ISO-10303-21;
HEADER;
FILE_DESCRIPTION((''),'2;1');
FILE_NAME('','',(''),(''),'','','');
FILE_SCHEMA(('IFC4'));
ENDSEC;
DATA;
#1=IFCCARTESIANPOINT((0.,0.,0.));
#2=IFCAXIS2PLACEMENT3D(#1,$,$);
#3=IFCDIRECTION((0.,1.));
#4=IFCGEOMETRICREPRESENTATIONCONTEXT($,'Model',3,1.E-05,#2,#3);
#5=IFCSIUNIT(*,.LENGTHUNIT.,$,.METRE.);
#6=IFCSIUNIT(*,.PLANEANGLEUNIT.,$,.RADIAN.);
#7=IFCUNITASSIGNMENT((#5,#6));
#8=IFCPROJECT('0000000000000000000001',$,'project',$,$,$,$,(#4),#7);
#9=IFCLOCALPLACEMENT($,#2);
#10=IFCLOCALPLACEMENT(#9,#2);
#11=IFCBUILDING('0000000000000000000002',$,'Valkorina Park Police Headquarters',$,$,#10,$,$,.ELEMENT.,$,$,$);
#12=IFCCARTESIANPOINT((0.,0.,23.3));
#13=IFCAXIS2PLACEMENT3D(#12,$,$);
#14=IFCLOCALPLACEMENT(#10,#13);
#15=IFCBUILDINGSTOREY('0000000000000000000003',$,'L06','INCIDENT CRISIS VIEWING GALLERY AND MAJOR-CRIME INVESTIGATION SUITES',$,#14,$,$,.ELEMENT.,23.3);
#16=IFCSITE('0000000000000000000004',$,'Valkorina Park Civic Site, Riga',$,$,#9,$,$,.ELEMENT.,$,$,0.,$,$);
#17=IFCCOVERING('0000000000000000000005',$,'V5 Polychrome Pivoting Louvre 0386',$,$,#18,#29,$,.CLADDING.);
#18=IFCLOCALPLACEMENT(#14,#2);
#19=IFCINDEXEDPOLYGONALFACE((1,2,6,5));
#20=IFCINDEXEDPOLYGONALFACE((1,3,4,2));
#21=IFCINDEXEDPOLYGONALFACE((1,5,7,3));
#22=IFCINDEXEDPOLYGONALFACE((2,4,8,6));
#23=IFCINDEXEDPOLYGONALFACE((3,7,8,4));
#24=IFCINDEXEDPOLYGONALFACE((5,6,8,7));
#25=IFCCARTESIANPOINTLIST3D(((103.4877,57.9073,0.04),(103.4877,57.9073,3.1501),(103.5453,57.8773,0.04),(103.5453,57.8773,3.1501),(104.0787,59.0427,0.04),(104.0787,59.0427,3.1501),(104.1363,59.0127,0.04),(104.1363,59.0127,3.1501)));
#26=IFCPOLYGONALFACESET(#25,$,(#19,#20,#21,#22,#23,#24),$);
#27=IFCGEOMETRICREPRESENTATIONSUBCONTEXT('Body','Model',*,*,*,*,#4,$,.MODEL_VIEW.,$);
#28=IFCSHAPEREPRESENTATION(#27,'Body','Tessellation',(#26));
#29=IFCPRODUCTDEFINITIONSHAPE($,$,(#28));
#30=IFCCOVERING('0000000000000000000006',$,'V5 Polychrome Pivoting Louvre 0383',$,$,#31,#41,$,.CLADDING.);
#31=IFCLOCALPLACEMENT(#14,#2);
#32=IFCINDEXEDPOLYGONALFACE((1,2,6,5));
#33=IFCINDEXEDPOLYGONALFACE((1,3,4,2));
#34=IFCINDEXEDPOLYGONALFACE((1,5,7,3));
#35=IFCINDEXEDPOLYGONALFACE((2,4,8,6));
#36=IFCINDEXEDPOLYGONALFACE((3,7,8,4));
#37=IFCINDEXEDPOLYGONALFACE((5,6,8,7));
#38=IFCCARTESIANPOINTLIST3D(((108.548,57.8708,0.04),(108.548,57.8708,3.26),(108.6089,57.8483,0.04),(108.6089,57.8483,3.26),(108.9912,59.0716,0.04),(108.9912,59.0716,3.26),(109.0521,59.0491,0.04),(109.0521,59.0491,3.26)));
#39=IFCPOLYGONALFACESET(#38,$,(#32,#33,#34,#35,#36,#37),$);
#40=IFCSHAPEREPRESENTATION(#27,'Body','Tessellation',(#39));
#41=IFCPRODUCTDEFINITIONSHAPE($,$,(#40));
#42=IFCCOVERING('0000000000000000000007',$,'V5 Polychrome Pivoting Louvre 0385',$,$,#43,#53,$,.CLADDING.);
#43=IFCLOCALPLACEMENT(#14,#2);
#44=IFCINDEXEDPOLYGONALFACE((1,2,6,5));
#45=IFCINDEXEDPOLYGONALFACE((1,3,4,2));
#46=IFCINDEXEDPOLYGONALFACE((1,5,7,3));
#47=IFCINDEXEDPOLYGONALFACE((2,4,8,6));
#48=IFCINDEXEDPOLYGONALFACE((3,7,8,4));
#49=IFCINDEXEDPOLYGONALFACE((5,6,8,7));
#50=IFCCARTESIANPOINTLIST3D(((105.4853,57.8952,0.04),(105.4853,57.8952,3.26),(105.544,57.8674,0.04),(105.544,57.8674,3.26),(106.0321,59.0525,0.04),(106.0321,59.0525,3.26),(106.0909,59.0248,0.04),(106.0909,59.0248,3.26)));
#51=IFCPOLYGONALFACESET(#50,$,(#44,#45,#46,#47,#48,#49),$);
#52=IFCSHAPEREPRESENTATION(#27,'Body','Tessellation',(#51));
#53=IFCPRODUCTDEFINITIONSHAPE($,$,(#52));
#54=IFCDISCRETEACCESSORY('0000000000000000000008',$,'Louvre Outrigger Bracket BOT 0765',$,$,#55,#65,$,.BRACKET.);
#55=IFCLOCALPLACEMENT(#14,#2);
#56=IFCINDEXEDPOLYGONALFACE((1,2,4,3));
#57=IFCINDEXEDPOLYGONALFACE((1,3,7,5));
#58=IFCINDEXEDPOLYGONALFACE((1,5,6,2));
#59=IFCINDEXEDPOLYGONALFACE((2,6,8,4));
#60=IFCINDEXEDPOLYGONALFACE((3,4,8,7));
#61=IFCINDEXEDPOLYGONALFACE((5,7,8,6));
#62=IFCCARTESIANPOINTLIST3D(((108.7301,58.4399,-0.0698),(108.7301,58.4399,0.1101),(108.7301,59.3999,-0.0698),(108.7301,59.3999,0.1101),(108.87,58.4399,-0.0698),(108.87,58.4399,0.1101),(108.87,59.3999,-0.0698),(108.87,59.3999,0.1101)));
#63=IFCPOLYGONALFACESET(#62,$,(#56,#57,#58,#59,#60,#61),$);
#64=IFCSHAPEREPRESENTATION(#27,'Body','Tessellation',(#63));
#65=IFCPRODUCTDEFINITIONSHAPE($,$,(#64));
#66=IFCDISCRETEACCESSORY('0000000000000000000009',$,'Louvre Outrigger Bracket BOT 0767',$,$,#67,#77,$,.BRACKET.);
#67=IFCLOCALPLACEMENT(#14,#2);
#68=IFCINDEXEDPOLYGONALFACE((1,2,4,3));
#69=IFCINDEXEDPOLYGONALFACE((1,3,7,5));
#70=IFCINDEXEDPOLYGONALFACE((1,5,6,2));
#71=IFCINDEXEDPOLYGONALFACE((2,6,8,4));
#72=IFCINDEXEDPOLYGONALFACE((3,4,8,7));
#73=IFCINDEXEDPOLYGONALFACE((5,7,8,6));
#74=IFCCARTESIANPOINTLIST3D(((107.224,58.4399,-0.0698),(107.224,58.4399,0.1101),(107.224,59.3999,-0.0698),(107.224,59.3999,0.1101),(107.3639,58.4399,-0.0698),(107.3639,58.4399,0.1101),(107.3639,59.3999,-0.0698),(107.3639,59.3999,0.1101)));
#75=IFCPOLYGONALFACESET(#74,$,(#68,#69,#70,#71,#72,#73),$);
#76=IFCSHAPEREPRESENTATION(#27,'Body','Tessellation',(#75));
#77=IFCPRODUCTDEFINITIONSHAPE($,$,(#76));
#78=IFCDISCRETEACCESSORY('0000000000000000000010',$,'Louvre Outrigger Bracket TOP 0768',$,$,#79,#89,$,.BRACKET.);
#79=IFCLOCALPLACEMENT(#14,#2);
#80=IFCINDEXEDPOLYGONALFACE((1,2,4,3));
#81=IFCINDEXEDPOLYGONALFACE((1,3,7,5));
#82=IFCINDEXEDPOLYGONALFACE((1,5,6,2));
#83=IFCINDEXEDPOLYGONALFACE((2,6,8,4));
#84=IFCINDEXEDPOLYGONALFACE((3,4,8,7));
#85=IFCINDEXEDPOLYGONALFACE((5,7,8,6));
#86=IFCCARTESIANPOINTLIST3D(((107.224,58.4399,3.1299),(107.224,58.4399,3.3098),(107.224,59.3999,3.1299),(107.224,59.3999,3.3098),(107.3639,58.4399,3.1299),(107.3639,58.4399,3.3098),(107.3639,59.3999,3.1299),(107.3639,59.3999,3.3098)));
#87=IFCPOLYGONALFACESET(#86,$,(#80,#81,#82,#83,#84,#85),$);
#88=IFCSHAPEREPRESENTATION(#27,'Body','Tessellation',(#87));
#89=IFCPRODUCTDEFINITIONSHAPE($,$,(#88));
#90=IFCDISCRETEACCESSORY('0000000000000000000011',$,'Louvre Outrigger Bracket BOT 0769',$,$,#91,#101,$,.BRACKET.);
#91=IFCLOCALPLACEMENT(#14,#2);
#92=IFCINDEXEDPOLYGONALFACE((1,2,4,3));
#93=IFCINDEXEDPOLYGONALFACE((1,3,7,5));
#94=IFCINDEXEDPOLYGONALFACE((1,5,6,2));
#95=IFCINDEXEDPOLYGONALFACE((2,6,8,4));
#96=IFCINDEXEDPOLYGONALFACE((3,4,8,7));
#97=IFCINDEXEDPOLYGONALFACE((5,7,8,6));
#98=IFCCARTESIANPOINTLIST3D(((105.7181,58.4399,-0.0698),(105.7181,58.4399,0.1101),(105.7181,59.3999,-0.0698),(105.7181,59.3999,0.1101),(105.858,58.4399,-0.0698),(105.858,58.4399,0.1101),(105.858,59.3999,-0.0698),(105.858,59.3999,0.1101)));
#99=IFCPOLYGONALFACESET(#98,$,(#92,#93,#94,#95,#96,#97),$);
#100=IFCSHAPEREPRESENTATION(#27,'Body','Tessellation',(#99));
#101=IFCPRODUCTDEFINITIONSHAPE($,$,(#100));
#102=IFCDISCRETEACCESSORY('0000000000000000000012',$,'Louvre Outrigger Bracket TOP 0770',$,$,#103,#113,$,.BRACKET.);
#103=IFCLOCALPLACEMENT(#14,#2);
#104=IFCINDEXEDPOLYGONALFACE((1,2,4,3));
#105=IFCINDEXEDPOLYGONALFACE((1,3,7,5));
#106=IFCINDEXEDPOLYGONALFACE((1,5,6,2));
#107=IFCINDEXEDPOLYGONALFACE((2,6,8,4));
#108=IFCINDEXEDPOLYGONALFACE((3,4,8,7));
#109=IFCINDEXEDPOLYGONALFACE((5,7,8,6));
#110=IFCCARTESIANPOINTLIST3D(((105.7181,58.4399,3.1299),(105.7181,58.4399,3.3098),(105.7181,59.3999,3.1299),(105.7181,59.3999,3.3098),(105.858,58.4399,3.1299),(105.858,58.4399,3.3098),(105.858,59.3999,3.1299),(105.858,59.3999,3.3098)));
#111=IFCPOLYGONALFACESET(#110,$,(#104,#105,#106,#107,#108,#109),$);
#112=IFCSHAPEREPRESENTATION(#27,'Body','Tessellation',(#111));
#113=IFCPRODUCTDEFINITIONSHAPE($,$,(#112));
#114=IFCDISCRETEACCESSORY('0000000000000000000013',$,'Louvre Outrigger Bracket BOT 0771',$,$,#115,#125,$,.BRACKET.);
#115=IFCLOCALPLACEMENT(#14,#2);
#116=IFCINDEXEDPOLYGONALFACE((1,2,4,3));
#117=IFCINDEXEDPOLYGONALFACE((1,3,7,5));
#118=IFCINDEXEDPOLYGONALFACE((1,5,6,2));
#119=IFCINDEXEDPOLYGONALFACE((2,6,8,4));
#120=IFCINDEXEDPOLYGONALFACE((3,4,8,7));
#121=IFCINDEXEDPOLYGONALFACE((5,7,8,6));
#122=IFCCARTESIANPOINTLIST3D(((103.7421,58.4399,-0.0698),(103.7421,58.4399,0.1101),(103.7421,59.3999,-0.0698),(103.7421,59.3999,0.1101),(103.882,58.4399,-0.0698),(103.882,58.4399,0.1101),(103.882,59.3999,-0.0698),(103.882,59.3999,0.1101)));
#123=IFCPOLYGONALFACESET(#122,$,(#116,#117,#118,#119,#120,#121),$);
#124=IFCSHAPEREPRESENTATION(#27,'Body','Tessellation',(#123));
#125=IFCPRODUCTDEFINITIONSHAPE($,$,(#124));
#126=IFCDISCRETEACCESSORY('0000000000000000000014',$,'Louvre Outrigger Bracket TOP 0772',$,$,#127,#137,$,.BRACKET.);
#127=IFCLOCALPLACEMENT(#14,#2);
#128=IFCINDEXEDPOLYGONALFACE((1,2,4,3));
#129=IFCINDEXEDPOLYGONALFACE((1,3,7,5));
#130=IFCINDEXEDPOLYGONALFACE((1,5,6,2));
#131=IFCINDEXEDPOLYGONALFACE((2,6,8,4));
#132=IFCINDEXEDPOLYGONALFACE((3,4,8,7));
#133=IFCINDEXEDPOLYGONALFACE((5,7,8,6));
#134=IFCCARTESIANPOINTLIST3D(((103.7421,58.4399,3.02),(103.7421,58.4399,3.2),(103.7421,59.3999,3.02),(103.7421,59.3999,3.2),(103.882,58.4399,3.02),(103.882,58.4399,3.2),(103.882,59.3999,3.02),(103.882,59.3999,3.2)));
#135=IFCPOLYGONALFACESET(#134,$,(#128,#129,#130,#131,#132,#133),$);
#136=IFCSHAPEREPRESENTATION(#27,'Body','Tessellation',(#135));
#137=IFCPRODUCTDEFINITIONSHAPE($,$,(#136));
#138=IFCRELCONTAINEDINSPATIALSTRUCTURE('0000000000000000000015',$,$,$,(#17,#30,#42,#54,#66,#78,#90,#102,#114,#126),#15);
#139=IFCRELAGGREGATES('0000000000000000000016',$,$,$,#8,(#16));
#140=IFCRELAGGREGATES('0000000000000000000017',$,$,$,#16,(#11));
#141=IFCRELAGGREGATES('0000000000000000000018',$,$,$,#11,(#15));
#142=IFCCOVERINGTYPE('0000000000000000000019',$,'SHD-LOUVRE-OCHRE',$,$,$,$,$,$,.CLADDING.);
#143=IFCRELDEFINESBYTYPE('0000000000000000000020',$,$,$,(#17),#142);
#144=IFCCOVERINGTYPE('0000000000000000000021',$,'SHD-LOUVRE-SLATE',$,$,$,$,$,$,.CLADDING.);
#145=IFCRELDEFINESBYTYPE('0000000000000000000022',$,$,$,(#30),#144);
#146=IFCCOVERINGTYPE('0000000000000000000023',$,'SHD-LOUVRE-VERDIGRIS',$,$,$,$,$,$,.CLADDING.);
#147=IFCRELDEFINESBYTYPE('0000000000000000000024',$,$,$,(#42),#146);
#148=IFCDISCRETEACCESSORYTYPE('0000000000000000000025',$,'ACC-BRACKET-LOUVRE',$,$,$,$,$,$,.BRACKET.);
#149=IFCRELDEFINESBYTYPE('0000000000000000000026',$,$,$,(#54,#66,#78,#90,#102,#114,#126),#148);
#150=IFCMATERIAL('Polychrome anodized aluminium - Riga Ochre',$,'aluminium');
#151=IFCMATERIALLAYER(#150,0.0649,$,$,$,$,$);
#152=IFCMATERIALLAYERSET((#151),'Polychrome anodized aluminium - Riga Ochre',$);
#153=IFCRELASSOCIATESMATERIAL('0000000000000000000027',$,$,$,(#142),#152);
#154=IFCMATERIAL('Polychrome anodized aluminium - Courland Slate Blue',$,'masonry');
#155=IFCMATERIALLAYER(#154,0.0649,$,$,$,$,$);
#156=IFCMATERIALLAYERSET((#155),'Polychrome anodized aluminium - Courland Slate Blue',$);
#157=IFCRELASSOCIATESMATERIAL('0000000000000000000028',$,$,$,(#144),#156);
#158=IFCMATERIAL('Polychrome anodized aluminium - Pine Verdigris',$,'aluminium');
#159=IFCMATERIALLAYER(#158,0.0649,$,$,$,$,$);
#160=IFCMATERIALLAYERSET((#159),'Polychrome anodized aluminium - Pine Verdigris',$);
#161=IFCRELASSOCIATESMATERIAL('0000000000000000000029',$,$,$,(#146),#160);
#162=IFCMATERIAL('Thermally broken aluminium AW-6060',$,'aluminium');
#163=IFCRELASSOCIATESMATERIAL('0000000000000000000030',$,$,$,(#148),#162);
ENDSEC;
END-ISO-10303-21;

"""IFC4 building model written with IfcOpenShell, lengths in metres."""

from ifc_helpers import new_model, si_unit, direction, frame, origin, origin_2d, place, context, subcontext, project, spatial, rectangle, extrude, material, layer, layer_set, type_object, element, save


model = new_model("IFC4")

# Units and contexts
model_context = context("Model", 3, precision=1e-05, world=origin(), true_north=direction((0.0, 1.0)))
body_context = subcontext(model_context, "Body", "Model", "MODEL_VIEW")
ifc_project = project(units=[si_unit("LENGTHUNIT", "METRE"), si_unit("PLANEANGLEUNIT", "RADIAN")], contexts=[model_context])

# Site, building, storey
site_placement = place(None, origin())
site = spatial("IfcSite", under=ifc_project, at=site_placement, Name="Valkorina Park Civic Site, Riga", CompositionType="ELEMENT", RefElevation=0.0)
building_placement = place(site_placement, origin())
building = spatial("IfcBuilding", under=site, at=building_placement, Name="Valkorina Park Police Headquarters", CompositionType="ELEMENT")
storey_placement = place(building_placement, frame((0.0, 0.0, 23.3)))
storey = spatial("IfcBuildingStorey", under=building, at=storey_placement, Name="L06", Description="INCIDENT CRISIS VIEWING GALLERY AND MAJOR-CRIME INVESTIGATION SUITES", CompositionType="ELEMENT", Elevation=23.3)

# Shared definitions
ifc_material_1 = material(Name="Thermally broken aluminium AW-6060", Category="aluminium")

# Coverings
ifc_material_2 = material(Name="Polychrome anodized aluminium - Riga Ochre", Category="aluminium")
ifc_layer_1 = layer(ifc_material_2, 0.0649)
ifc_layer_set_1 = layer_set([ifc_layer_1], Name="Polychrome anodized aluminium - Riga Ochre")
covering_type_1 = type_object("IfcCoveringType", Name="SHD-LOUVRE-OCHRE", PredefinedType="CLADDING", material=ifc_layer_set_1)
covering_1_placement = place(storey_placement, frame((103.812, 58.46, 0.04), z_axis=(0.0, 0.0, 1.0), x_axis=(-0.461749, -0.887011, 0.0)))
element("IfcCovering", 1, at=covering_1_placement, inside=storey, type_object=covering_type_1, Name="V5 Polychrome Pivoting Louvre 0386", PredefinedType="CLADDING", context=body_context, shape_type="SweptSolid", body=[
    extrude(rectangle(XDim=1.28, YDim=0.0649, at=origin_2d()), origin(), (0.0, 0.0, 1.0), 3.1101),
])
ifc_material_3 = material(Name="Polychrome anodized aluminium - Courland Slate Blue", Category="masonry")
ifc_layer_2 = layer(ifc_material_3, 0.0649)
ifc_layer_set_2 = layer_set([ifc_layer_2], Name="Polychrome anodized aluminium - Courland Slate Blue")
covering_type_2 = type_object("IfcCoveringType", Name="SHD-LOUVRE-SLATE", PredefinedType="CLADDING", material=ifc_layer_set_2)
covering_2_placement = place(storey_placement, frame((108.8, 58.46, 0.04), z_axis=(0.0, 0.0, 1.0), x_axis=(-0.346281, -0.938131, 0.0)))
element("IfcCovering", 2, at=covering_2_placement, inside=storey, type_object=covering_type_2, Name="V5 Polychrome Pivoting Louvre 0383", PredefinedType="CLADDING", context=body_context, shape_type="SweptSolid", body=[
    extrude(rectangle(XDim=1.28, YDim=0.0649, at=origin_2d()), origin(), (0.0, 0.0, 1.0), 3.22),
])
ifc_material_4 = material(Name="Polychrome anodized aluminium - Pine Verdigris", Category="aluminium")
ifc_layer_3 = layer(ifc_material_4, 0.0649)
ifc_layer_set_3 = layer_set([ifc_layer_3], Name="Polychrome anodized aluminium - Pine Verdigris")
covering_type_3 = type_object("IfcCoveringType", Name="SHD-LOUVRE-VERDIGRIS", PredefinedType="CLADDING", material=ifc_layer_set_3)
covering_3_placement = place(storey_placement, frame((105.7881, 58.46, 0.04), z_axis=(0.0, 0.0, 1.0), x_axis=(-0.4272, -0.904157, 0.0)))
element("IfcCovering", 3, at=covering_3_placement, inside=storey, type_object=covering_type_3, Name="V5 Polychrome Pivoting Louvre 0385", PredefinedType="CLADDING", context=body_context, shape_type="SweptSolid", body=[
    extrude(rectangle(XDim=1.28, YDim=0.0649, at=origin_2d()), origin(), (0.0, 0.0, 1.0), 3.22),
])

# Discrete accessories
discrete_accessory_type = type_object("IfcDiscreteAccessoryType", Name="ACC-BRACKET-LOUVRE", PredefinedType="BRACKET", material=ifc_material_1)
for number, where, z_axis, x_axis, name in (
    (4, (108.8, 58.9199, -0.0698), (0.0, 0.0, 1.0), (0.0, -1.0, 0.0), "Louvre Outrigger Bracket BOT 0765"),
    (5, (107.2939, 58.9199, -0.0698), (0.0, 0.0, 1.0), (0.0, -1.0, 0.0), "Louvre Outrigger Bracket BOT 0767"),
    (6, (107.2939, 58.9199, 3.1299), (0.0, 0.0, 1.0), (0.0, -1.0, 0.0), "Louvre Outrigger Bracket TOP 0768"),
    (7, (105.7881, 58.9199, -0.0698), (0.0, 0.0, 1.0), (0.0, -1.0, 0.0), "Louvre Outrigger Bracket BOT 0769"),
    (8, (105.7881, 58.9199, 3.1299), (0.0, 0.0, 1.0), (0.0, -1.0, 0.0), "Louvre Outrigger Bracket TOP 0770"),
    (9, (103.812, 58.9199, -0.0698), (0.0, 0.0, 1.0), (0.0, -1.0, 0.0), "Louvre Outrigger Bracket BOT 0771"),
    (10, (103.812, 58.9199, 3.02), (0.0, 0.0, 1.0), (0.0, -1.0, 0.0), "Louvre Outrigger Bracket TOP 0772"),
):
    element("IfcDiscreteAccessory", number, at=place(storey_placement, frame(where, z_axis=z_axis, x_axis=x_axis)), inside=storey, type_object=discrete_accessory_type, Name=name, PredefinedType="BRACKET", context=body_context, shape_type="SweptSolid", body=[
        extrude(rectangle(XDim=0.96, YDim=0.1399, at=origin_2d()), origin(), (0.0, 0.0, 1.0), 0.1799),
    ])

save(model, "model.ifc")
